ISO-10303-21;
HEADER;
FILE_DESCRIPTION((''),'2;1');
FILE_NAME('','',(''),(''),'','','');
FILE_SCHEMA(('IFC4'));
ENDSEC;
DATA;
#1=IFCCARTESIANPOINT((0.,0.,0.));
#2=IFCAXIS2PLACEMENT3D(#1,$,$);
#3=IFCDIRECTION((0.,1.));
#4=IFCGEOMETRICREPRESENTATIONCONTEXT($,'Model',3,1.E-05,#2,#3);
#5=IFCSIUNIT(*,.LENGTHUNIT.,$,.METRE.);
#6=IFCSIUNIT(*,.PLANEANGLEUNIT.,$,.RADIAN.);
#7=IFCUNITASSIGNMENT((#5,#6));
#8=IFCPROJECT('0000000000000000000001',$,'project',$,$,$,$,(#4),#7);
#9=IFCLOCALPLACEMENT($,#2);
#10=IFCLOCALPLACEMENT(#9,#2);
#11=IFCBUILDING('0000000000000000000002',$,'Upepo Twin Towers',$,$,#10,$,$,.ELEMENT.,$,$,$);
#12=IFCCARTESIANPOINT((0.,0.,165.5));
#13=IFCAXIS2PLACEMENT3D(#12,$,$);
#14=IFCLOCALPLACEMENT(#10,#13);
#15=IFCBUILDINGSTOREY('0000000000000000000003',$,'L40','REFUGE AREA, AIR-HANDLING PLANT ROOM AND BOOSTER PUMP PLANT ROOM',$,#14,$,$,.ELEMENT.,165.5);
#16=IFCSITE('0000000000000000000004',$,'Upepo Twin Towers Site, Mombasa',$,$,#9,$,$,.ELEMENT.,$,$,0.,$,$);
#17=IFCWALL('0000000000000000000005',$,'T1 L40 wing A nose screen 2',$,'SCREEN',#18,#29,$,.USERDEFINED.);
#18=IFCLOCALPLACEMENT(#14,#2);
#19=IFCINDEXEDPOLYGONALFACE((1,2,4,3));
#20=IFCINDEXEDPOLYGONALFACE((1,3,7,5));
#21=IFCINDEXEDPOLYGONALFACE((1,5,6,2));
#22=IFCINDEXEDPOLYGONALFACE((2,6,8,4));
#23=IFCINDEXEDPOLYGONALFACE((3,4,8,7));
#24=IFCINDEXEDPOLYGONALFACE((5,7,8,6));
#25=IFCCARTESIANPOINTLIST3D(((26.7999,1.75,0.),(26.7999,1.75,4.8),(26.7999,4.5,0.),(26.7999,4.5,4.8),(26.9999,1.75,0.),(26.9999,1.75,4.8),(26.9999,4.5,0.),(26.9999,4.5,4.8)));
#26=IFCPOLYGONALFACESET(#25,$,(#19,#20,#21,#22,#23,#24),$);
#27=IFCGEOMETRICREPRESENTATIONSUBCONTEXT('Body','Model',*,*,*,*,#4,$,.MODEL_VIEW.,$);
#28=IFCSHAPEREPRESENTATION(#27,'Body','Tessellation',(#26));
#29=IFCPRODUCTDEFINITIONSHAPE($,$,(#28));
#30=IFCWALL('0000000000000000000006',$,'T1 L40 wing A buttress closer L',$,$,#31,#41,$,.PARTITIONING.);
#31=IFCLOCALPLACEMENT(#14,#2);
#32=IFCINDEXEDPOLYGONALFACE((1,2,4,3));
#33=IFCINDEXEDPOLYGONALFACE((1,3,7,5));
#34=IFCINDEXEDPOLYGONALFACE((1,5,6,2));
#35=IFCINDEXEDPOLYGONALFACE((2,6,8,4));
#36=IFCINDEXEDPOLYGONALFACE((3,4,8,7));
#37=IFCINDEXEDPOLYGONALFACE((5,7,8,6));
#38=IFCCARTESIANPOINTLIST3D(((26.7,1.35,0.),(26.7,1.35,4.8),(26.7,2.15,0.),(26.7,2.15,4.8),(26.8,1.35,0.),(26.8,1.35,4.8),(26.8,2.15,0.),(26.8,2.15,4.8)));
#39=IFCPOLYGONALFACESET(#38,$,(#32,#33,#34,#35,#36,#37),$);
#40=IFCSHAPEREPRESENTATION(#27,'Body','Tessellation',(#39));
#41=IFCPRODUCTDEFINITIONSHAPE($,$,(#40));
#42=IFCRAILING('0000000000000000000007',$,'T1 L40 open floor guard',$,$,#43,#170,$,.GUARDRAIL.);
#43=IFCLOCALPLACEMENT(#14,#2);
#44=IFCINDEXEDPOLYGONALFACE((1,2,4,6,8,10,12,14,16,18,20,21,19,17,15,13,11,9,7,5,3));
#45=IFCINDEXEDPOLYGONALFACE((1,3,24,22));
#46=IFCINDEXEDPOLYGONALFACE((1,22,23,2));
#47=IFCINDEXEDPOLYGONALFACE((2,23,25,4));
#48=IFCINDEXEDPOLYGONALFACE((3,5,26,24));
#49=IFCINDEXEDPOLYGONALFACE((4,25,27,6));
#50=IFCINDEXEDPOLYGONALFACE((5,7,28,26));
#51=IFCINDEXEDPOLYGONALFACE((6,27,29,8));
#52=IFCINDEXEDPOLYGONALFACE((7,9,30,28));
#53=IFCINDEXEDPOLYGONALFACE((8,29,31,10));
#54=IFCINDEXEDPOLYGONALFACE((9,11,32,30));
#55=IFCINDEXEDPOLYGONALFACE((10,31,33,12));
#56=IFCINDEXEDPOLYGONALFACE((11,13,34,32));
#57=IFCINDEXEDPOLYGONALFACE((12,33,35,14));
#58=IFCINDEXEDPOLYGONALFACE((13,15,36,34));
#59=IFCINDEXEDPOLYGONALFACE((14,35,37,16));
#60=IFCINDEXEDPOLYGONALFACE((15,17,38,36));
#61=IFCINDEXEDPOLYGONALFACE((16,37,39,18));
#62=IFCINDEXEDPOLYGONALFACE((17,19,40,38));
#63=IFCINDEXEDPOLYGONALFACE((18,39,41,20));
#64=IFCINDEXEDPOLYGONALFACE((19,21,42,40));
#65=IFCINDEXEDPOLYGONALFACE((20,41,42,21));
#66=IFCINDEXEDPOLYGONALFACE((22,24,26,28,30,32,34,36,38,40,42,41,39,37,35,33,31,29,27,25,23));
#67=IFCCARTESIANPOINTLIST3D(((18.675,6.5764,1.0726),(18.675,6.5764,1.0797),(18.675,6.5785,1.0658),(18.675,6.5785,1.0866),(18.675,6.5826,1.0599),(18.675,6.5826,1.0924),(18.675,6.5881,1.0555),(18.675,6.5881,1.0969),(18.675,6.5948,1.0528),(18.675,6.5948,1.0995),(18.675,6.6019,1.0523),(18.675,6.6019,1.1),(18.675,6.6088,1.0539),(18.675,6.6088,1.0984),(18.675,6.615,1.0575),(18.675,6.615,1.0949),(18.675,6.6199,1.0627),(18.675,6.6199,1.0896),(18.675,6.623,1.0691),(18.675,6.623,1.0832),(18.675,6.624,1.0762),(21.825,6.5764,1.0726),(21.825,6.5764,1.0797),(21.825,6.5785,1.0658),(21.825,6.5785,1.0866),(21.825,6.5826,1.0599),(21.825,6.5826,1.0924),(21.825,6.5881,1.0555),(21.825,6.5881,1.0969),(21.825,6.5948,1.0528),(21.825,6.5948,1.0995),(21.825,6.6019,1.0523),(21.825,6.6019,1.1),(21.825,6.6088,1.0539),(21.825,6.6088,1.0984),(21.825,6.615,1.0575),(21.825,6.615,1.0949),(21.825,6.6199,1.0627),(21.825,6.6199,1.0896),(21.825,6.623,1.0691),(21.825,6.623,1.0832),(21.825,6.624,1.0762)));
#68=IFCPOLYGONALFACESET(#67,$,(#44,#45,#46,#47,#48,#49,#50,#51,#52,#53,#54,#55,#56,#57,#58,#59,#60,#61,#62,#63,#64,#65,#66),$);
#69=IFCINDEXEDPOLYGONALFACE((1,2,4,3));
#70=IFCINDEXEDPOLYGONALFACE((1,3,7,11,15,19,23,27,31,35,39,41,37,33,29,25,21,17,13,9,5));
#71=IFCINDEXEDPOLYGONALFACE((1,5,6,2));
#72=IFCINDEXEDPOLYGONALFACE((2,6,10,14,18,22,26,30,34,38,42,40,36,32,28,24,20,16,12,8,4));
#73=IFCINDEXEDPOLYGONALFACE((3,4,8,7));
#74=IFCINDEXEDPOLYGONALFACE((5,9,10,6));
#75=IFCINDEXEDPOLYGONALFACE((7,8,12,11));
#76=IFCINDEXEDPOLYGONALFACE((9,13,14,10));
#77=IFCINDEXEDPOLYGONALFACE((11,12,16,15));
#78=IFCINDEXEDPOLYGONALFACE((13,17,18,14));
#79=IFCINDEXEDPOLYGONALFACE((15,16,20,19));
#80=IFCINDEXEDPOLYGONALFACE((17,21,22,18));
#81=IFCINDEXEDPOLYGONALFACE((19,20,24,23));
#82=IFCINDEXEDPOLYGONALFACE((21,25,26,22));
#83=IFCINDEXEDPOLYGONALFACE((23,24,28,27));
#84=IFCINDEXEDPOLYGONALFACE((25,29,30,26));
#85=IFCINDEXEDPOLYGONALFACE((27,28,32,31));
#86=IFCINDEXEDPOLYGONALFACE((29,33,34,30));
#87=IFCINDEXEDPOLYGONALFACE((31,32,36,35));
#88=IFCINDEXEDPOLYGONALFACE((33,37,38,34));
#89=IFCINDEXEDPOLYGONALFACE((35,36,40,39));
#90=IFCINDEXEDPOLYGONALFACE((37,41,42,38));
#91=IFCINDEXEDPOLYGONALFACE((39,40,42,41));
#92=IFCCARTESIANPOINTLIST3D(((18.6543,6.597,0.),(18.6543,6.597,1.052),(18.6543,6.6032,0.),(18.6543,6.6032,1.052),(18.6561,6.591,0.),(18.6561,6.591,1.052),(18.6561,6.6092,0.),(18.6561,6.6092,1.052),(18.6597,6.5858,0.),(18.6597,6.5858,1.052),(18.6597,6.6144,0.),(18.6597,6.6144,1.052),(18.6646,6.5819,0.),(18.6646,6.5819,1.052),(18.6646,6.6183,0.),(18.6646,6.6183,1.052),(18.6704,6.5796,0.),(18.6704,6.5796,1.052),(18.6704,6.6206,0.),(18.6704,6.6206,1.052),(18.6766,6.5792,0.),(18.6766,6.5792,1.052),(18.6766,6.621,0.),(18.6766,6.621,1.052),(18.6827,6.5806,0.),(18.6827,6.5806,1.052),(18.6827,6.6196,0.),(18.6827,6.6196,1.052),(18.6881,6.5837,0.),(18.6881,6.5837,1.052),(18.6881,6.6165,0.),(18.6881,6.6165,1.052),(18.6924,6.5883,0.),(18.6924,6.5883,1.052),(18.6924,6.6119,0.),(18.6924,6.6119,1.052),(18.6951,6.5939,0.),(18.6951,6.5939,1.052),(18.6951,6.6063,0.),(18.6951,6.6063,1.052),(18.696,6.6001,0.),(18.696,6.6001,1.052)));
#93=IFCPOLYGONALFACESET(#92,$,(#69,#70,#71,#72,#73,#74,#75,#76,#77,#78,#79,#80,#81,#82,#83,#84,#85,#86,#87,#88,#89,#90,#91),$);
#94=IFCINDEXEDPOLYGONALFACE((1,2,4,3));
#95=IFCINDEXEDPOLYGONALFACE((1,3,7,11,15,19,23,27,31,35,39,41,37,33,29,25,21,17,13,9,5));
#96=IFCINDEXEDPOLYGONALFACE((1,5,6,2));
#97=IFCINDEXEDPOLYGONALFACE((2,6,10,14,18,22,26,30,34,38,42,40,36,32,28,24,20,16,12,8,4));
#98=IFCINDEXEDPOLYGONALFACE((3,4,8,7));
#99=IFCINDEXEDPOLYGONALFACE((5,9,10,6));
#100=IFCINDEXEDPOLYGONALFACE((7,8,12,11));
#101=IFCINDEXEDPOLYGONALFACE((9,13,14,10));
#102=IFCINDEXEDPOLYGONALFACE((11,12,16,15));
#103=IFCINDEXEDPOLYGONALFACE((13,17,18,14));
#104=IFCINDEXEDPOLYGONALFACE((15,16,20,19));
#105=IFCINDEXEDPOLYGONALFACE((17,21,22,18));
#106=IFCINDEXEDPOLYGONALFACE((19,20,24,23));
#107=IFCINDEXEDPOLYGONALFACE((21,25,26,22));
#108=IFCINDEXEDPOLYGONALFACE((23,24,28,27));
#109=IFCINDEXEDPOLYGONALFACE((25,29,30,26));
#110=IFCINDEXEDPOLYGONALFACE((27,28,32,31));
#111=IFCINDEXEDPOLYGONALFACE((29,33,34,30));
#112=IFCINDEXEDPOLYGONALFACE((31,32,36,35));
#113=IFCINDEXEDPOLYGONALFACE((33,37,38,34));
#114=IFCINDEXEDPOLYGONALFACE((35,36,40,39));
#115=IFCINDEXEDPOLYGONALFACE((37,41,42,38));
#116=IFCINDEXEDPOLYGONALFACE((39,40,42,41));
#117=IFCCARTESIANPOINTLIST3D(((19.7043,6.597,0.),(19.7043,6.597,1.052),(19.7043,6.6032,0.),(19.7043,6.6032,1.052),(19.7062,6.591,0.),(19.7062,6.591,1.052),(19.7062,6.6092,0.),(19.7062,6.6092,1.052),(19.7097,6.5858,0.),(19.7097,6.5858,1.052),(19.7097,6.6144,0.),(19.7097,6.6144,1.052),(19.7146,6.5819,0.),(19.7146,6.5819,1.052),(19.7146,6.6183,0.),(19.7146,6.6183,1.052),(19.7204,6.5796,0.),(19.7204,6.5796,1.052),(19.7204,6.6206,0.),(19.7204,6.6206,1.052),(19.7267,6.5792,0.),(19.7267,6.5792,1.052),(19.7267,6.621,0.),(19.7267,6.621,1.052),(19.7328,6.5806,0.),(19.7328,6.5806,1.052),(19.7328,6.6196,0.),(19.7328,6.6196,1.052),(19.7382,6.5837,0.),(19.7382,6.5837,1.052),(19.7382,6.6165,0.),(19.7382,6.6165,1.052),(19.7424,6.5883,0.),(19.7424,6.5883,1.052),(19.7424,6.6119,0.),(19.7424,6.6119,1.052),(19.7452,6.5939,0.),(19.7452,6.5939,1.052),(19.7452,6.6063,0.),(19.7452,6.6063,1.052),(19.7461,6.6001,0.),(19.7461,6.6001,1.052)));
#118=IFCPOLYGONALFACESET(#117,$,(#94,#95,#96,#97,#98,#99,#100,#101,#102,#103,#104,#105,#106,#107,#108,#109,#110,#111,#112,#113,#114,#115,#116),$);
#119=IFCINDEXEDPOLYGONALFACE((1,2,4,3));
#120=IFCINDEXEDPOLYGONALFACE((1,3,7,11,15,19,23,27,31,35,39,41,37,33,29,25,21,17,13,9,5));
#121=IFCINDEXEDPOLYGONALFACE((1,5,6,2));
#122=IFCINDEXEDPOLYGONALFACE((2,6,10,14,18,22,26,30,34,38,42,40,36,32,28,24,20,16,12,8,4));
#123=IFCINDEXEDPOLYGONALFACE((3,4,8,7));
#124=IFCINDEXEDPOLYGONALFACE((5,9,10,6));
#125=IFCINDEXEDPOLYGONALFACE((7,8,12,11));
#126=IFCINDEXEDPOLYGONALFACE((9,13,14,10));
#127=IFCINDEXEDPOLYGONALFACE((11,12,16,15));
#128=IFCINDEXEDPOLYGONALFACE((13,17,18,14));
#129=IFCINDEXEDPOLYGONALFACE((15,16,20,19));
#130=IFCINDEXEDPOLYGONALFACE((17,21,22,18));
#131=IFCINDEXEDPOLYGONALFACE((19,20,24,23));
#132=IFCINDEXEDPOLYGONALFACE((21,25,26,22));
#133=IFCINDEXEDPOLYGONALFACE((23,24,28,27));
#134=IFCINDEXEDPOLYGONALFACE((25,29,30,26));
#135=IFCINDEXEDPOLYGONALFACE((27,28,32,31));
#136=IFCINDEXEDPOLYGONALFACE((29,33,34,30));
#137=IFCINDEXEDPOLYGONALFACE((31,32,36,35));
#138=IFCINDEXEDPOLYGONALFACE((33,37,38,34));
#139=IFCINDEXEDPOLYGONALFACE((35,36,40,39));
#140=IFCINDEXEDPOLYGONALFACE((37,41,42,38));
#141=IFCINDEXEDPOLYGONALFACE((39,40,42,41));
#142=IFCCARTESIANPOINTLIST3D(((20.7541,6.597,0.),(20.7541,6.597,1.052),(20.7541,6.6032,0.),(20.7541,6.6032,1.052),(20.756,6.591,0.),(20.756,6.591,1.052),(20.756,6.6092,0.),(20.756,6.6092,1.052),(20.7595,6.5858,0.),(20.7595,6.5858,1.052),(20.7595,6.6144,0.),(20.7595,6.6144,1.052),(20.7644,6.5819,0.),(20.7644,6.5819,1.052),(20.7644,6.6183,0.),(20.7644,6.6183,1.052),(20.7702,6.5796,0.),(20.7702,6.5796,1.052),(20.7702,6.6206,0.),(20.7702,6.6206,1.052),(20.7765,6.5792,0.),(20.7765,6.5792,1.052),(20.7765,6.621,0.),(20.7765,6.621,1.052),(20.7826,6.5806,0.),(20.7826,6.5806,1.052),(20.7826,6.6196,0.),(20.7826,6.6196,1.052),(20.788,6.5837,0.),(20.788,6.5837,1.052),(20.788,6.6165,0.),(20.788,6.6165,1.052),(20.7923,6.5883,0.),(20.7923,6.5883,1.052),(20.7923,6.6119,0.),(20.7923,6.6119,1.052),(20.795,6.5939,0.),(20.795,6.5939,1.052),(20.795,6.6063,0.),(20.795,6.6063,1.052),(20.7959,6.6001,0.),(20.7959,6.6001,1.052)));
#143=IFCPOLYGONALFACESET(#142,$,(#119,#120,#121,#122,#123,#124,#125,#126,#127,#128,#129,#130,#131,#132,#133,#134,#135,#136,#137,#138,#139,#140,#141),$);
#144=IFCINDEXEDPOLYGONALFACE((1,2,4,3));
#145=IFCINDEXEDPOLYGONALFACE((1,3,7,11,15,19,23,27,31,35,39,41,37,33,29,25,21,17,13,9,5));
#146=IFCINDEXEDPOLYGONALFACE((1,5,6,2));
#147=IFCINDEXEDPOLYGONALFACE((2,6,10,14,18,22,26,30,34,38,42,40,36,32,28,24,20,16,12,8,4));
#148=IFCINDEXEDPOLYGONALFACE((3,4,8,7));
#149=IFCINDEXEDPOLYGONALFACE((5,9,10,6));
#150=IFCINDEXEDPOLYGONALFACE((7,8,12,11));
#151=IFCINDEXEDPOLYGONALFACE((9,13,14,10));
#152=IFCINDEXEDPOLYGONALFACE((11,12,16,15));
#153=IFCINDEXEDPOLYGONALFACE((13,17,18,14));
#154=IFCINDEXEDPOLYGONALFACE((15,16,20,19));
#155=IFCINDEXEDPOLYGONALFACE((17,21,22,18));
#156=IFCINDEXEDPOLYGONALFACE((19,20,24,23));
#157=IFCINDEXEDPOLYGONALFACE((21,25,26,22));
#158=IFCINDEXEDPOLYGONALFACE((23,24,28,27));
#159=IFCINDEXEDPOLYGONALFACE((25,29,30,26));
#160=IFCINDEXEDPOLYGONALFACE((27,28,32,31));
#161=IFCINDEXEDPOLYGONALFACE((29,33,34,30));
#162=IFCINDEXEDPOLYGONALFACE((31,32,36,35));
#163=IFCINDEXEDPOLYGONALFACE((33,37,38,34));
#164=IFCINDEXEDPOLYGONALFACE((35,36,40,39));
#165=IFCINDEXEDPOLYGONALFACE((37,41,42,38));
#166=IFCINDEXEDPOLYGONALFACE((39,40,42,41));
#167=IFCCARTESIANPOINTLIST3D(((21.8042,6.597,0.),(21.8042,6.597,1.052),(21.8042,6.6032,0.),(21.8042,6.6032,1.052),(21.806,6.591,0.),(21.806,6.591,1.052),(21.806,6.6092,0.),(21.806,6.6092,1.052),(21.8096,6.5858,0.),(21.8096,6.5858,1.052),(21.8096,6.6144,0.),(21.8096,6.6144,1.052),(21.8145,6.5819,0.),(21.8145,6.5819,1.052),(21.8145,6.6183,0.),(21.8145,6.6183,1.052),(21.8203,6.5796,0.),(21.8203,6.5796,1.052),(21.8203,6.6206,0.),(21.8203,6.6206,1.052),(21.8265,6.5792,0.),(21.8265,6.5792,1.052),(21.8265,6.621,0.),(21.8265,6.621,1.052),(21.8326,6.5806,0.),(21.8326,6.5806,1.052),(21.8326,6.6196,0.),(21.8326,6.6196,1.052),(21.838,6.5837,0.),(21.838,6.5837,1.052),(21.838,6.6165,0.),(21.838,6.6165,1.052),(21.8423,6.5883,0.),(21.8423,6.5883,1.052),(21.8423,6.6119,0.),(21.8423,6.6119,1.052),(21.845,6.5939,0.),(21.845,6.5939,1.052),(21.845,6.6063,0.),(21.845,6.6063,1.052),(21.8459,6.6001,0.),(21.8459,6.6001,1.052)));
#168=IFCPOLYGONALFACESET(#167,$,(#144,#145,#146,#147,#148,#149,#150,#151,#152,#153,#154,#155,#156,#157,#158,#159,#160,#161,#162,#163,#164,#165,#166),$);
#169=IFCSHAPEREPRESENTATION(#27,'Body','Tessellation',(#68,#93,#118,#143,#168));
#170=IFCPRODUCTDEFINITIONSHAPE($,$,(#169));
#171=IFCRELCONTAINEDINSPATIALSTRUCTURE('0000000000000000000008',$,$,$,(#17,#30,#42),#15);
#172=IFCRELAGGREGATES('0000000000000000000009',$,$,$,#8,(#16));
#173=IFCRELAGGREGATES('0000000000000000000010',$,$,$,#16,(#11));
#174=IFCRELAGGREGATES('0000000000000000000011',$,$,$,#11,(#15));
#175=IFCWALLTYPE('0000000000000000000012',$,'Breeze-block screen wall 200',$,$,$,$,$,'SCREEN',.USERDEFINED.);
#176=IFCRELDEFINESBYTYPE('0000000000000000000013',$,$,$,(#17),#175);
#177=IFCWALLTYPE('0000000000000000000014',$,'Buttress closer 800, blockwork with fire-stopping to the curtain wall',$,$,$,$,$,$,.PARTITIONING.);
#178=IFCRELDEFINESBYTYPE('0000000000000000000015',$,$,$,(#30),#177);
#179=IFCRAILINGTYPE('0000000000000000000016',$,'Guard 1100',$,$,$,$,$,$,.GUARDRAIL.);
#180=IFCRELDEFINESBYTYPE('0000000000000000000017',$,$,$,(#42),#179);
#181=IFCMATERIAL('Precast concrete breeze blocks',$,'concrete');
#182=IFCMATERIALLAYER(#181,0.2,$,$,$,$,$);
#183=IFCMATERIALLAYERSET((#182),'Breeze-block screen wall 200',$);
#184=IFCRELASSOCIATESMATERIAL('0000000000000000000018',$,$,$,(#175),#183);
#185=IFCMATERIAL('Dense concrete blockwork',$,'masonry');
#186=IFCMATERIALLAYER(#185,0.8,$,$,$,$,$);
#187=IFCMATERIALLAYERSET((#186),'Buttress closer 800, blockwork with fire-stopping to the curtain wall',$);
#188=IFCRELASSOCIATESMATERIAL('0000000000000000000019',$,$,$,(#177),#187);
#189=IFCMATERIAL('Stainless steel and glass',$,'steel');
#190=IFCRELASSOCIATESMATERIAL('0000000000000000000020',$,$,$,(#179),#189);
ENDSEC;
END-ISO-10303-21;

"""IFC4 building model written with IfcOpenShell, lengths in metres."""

from ifc_helpers import new_model, si_unit, direction, frame, frame_2d, origin, origin_2d, place, context, subcontext, project, spatial, rectangle, circle, extrude, material, layer, layer_set, type_object, element, save


model = new_model("IFC4")

# Units and contexts
model_context = context("Model", 3, precision=1e-05, world=origin(), true_north=direction((0.0, 1.0)))
body_context = subcontext(model_context, "Body", "Model", "MODEL_VIEW")
ifc_project = project(units=[si_unit("LENGTHUNIT", "METRE"), si_unit("PLANEANGLEUNIT", "RADIAN")], contexts=[model_context])

# Site, building, storey
site_placement = place(None, origin())
site = spatial("IfcSite", under=ifc_project, at=site_placement, Name="Upepo Twin Towers Site, Mombasa", CompositionType="ELEMENT", RefElevation=0.0)
building_placement = place(site_placement, origin())
building = spatial("IfcBuilding", under=site, at=building_placement, Name="Upepo Twin Towers", CompositionType="ELEMENT")
storey_placement = place(building_placement, frame((0.0, 0.0, 165.5)))
storey = spatial("IfcBuildingStorey", under=building, at=storey_placement, Name="L40", Description="REFUGE AREA, AIR-HANDLING PLANT ROOM AND BOOSTER PUMP PLANT ROOM", CompositionType="ELEMENT", Elevation=165.5)

# Walls
ifc_material_1 = material(Name="Precast concrete breeze blocks", Category="concrete")
ifc_layer_1 = layer(ifc_material_1, 0.2)
ifc_layer_set_1 = layer_set([ifc_layer_1], Name="Breeze-block screen wall 200")
wall_type_1 = type_object("IfcWallType", Name="Breeze-block screen wall 200", ElementType="SCREEN", PredefinedType="USERDEFINED", material=ifc_layer_set_1)
wall_1_placement = place(storey_placement, frame((26.8999, 1.75, 0.0), z_axis=(0.0, 0.0, 1.0), x_axis=(0.0, 1.0, 0.0)))
element("IfcWall", 1, at=wall_1_placement, inside=storey, type_object=wall_type_1, Name="T1 L40 wing A nose screen 2", ObjectType="SCREEN", PredefinedType="USERDEFINED", context=body_context, shape_type="SweptSolid", body=[
    extrude(rectangle(XDim=2.75, YDim=0.2, at=frame_2d((1.375, 0.0))), origin(), (0.0, 0.0, 1.0), 4.8),
])
ifc_material_2 = material(Name="Dense concrete blockwork", Category="masonry")
ifc_layer_2 = layer(ifc_material_2, 0.8)
ifc_layer_set_2 = layer_set([ifc_layer_2], Name="Buttress closer 800, blockwork with fire-stopping to the curtain wall")
wall_type_2 = type_object("IfcWallType", Name="Buttress closer 800, blockwork with fire-stopping to the curtain wall", PredefinedType="PARTITIONING", material=ifc_layer_set_2)
wall_2_placement = place(storey_placement, frame((26.7, 1.75, 0.0), z_axis=(0.0, 0.0, 1.0), x_axis=(1.0, 0.0, 0.0)))
element("IfcWall", 2, at=wall_2_placement, inside=storey, type_object=wall_type_2, Name="T1 L40 wing A buttress closer L", PredefinedType="PARTITIONING", context=body_context, shape_type="SweptSolid", body=[
    extrude(rectangle(XDim=0.1001, YDim=0.8, at=frame_2d((0.05, 0.0))), origin(), (0.0, 0.0, 1.0), 4.8),
])

# Railing
ifc_material_3 = material(Name="Stainless steel and glass", Category="steel")
railing_type = type_object("IfcRailingType", Name="Guard 1100", PredefinedType="GUARDRAIL", material=ifc_material_3)
railing_1_placement = place(storey_placement, frame((18.675, 6.6001, 0.0)))
element("IfcRailing", 3, at=railing_1_placement, inside=storey, type_object=railing_type, Name="T1 L40 open floor guard", PredefinedType="GUARDRAIL", context=body_context, shape_type="SweptSolid", body=[
    extrude(circle(Radius=0.0239, at=origin_2d()), frame((0.0, 0.0, 1.0762), z_axis=(1.0, 0.0, 0.0), x_axis=(0.0, 1.0, 0.0)), (0.0, 0.0, 1.0), 3.1499),
    extrude(circle(Radius=0.021, at=origin_2d()), origin(), (0.0, 0.0, 1.0), 1.052),
    extrude(circle(Radius=0.021, at=origin_2d()), frame((1.05, 0.0, 0.0)), (0.0, 0.0, 1.0), 1.052),
    extrude(circle(Radius=0.021, at=origin_2d()), frame((2.0999, 0.0, 0.0)), (0.0, 0.0, 1.0), 1.052),
    extrude(circle(Radius=0.021, at=origin_2d()), frame((3.1499, 0.0, 0.0)), (0.0, 0.0, 1.0), 1.052),
])

save(model, "model.ifc")
